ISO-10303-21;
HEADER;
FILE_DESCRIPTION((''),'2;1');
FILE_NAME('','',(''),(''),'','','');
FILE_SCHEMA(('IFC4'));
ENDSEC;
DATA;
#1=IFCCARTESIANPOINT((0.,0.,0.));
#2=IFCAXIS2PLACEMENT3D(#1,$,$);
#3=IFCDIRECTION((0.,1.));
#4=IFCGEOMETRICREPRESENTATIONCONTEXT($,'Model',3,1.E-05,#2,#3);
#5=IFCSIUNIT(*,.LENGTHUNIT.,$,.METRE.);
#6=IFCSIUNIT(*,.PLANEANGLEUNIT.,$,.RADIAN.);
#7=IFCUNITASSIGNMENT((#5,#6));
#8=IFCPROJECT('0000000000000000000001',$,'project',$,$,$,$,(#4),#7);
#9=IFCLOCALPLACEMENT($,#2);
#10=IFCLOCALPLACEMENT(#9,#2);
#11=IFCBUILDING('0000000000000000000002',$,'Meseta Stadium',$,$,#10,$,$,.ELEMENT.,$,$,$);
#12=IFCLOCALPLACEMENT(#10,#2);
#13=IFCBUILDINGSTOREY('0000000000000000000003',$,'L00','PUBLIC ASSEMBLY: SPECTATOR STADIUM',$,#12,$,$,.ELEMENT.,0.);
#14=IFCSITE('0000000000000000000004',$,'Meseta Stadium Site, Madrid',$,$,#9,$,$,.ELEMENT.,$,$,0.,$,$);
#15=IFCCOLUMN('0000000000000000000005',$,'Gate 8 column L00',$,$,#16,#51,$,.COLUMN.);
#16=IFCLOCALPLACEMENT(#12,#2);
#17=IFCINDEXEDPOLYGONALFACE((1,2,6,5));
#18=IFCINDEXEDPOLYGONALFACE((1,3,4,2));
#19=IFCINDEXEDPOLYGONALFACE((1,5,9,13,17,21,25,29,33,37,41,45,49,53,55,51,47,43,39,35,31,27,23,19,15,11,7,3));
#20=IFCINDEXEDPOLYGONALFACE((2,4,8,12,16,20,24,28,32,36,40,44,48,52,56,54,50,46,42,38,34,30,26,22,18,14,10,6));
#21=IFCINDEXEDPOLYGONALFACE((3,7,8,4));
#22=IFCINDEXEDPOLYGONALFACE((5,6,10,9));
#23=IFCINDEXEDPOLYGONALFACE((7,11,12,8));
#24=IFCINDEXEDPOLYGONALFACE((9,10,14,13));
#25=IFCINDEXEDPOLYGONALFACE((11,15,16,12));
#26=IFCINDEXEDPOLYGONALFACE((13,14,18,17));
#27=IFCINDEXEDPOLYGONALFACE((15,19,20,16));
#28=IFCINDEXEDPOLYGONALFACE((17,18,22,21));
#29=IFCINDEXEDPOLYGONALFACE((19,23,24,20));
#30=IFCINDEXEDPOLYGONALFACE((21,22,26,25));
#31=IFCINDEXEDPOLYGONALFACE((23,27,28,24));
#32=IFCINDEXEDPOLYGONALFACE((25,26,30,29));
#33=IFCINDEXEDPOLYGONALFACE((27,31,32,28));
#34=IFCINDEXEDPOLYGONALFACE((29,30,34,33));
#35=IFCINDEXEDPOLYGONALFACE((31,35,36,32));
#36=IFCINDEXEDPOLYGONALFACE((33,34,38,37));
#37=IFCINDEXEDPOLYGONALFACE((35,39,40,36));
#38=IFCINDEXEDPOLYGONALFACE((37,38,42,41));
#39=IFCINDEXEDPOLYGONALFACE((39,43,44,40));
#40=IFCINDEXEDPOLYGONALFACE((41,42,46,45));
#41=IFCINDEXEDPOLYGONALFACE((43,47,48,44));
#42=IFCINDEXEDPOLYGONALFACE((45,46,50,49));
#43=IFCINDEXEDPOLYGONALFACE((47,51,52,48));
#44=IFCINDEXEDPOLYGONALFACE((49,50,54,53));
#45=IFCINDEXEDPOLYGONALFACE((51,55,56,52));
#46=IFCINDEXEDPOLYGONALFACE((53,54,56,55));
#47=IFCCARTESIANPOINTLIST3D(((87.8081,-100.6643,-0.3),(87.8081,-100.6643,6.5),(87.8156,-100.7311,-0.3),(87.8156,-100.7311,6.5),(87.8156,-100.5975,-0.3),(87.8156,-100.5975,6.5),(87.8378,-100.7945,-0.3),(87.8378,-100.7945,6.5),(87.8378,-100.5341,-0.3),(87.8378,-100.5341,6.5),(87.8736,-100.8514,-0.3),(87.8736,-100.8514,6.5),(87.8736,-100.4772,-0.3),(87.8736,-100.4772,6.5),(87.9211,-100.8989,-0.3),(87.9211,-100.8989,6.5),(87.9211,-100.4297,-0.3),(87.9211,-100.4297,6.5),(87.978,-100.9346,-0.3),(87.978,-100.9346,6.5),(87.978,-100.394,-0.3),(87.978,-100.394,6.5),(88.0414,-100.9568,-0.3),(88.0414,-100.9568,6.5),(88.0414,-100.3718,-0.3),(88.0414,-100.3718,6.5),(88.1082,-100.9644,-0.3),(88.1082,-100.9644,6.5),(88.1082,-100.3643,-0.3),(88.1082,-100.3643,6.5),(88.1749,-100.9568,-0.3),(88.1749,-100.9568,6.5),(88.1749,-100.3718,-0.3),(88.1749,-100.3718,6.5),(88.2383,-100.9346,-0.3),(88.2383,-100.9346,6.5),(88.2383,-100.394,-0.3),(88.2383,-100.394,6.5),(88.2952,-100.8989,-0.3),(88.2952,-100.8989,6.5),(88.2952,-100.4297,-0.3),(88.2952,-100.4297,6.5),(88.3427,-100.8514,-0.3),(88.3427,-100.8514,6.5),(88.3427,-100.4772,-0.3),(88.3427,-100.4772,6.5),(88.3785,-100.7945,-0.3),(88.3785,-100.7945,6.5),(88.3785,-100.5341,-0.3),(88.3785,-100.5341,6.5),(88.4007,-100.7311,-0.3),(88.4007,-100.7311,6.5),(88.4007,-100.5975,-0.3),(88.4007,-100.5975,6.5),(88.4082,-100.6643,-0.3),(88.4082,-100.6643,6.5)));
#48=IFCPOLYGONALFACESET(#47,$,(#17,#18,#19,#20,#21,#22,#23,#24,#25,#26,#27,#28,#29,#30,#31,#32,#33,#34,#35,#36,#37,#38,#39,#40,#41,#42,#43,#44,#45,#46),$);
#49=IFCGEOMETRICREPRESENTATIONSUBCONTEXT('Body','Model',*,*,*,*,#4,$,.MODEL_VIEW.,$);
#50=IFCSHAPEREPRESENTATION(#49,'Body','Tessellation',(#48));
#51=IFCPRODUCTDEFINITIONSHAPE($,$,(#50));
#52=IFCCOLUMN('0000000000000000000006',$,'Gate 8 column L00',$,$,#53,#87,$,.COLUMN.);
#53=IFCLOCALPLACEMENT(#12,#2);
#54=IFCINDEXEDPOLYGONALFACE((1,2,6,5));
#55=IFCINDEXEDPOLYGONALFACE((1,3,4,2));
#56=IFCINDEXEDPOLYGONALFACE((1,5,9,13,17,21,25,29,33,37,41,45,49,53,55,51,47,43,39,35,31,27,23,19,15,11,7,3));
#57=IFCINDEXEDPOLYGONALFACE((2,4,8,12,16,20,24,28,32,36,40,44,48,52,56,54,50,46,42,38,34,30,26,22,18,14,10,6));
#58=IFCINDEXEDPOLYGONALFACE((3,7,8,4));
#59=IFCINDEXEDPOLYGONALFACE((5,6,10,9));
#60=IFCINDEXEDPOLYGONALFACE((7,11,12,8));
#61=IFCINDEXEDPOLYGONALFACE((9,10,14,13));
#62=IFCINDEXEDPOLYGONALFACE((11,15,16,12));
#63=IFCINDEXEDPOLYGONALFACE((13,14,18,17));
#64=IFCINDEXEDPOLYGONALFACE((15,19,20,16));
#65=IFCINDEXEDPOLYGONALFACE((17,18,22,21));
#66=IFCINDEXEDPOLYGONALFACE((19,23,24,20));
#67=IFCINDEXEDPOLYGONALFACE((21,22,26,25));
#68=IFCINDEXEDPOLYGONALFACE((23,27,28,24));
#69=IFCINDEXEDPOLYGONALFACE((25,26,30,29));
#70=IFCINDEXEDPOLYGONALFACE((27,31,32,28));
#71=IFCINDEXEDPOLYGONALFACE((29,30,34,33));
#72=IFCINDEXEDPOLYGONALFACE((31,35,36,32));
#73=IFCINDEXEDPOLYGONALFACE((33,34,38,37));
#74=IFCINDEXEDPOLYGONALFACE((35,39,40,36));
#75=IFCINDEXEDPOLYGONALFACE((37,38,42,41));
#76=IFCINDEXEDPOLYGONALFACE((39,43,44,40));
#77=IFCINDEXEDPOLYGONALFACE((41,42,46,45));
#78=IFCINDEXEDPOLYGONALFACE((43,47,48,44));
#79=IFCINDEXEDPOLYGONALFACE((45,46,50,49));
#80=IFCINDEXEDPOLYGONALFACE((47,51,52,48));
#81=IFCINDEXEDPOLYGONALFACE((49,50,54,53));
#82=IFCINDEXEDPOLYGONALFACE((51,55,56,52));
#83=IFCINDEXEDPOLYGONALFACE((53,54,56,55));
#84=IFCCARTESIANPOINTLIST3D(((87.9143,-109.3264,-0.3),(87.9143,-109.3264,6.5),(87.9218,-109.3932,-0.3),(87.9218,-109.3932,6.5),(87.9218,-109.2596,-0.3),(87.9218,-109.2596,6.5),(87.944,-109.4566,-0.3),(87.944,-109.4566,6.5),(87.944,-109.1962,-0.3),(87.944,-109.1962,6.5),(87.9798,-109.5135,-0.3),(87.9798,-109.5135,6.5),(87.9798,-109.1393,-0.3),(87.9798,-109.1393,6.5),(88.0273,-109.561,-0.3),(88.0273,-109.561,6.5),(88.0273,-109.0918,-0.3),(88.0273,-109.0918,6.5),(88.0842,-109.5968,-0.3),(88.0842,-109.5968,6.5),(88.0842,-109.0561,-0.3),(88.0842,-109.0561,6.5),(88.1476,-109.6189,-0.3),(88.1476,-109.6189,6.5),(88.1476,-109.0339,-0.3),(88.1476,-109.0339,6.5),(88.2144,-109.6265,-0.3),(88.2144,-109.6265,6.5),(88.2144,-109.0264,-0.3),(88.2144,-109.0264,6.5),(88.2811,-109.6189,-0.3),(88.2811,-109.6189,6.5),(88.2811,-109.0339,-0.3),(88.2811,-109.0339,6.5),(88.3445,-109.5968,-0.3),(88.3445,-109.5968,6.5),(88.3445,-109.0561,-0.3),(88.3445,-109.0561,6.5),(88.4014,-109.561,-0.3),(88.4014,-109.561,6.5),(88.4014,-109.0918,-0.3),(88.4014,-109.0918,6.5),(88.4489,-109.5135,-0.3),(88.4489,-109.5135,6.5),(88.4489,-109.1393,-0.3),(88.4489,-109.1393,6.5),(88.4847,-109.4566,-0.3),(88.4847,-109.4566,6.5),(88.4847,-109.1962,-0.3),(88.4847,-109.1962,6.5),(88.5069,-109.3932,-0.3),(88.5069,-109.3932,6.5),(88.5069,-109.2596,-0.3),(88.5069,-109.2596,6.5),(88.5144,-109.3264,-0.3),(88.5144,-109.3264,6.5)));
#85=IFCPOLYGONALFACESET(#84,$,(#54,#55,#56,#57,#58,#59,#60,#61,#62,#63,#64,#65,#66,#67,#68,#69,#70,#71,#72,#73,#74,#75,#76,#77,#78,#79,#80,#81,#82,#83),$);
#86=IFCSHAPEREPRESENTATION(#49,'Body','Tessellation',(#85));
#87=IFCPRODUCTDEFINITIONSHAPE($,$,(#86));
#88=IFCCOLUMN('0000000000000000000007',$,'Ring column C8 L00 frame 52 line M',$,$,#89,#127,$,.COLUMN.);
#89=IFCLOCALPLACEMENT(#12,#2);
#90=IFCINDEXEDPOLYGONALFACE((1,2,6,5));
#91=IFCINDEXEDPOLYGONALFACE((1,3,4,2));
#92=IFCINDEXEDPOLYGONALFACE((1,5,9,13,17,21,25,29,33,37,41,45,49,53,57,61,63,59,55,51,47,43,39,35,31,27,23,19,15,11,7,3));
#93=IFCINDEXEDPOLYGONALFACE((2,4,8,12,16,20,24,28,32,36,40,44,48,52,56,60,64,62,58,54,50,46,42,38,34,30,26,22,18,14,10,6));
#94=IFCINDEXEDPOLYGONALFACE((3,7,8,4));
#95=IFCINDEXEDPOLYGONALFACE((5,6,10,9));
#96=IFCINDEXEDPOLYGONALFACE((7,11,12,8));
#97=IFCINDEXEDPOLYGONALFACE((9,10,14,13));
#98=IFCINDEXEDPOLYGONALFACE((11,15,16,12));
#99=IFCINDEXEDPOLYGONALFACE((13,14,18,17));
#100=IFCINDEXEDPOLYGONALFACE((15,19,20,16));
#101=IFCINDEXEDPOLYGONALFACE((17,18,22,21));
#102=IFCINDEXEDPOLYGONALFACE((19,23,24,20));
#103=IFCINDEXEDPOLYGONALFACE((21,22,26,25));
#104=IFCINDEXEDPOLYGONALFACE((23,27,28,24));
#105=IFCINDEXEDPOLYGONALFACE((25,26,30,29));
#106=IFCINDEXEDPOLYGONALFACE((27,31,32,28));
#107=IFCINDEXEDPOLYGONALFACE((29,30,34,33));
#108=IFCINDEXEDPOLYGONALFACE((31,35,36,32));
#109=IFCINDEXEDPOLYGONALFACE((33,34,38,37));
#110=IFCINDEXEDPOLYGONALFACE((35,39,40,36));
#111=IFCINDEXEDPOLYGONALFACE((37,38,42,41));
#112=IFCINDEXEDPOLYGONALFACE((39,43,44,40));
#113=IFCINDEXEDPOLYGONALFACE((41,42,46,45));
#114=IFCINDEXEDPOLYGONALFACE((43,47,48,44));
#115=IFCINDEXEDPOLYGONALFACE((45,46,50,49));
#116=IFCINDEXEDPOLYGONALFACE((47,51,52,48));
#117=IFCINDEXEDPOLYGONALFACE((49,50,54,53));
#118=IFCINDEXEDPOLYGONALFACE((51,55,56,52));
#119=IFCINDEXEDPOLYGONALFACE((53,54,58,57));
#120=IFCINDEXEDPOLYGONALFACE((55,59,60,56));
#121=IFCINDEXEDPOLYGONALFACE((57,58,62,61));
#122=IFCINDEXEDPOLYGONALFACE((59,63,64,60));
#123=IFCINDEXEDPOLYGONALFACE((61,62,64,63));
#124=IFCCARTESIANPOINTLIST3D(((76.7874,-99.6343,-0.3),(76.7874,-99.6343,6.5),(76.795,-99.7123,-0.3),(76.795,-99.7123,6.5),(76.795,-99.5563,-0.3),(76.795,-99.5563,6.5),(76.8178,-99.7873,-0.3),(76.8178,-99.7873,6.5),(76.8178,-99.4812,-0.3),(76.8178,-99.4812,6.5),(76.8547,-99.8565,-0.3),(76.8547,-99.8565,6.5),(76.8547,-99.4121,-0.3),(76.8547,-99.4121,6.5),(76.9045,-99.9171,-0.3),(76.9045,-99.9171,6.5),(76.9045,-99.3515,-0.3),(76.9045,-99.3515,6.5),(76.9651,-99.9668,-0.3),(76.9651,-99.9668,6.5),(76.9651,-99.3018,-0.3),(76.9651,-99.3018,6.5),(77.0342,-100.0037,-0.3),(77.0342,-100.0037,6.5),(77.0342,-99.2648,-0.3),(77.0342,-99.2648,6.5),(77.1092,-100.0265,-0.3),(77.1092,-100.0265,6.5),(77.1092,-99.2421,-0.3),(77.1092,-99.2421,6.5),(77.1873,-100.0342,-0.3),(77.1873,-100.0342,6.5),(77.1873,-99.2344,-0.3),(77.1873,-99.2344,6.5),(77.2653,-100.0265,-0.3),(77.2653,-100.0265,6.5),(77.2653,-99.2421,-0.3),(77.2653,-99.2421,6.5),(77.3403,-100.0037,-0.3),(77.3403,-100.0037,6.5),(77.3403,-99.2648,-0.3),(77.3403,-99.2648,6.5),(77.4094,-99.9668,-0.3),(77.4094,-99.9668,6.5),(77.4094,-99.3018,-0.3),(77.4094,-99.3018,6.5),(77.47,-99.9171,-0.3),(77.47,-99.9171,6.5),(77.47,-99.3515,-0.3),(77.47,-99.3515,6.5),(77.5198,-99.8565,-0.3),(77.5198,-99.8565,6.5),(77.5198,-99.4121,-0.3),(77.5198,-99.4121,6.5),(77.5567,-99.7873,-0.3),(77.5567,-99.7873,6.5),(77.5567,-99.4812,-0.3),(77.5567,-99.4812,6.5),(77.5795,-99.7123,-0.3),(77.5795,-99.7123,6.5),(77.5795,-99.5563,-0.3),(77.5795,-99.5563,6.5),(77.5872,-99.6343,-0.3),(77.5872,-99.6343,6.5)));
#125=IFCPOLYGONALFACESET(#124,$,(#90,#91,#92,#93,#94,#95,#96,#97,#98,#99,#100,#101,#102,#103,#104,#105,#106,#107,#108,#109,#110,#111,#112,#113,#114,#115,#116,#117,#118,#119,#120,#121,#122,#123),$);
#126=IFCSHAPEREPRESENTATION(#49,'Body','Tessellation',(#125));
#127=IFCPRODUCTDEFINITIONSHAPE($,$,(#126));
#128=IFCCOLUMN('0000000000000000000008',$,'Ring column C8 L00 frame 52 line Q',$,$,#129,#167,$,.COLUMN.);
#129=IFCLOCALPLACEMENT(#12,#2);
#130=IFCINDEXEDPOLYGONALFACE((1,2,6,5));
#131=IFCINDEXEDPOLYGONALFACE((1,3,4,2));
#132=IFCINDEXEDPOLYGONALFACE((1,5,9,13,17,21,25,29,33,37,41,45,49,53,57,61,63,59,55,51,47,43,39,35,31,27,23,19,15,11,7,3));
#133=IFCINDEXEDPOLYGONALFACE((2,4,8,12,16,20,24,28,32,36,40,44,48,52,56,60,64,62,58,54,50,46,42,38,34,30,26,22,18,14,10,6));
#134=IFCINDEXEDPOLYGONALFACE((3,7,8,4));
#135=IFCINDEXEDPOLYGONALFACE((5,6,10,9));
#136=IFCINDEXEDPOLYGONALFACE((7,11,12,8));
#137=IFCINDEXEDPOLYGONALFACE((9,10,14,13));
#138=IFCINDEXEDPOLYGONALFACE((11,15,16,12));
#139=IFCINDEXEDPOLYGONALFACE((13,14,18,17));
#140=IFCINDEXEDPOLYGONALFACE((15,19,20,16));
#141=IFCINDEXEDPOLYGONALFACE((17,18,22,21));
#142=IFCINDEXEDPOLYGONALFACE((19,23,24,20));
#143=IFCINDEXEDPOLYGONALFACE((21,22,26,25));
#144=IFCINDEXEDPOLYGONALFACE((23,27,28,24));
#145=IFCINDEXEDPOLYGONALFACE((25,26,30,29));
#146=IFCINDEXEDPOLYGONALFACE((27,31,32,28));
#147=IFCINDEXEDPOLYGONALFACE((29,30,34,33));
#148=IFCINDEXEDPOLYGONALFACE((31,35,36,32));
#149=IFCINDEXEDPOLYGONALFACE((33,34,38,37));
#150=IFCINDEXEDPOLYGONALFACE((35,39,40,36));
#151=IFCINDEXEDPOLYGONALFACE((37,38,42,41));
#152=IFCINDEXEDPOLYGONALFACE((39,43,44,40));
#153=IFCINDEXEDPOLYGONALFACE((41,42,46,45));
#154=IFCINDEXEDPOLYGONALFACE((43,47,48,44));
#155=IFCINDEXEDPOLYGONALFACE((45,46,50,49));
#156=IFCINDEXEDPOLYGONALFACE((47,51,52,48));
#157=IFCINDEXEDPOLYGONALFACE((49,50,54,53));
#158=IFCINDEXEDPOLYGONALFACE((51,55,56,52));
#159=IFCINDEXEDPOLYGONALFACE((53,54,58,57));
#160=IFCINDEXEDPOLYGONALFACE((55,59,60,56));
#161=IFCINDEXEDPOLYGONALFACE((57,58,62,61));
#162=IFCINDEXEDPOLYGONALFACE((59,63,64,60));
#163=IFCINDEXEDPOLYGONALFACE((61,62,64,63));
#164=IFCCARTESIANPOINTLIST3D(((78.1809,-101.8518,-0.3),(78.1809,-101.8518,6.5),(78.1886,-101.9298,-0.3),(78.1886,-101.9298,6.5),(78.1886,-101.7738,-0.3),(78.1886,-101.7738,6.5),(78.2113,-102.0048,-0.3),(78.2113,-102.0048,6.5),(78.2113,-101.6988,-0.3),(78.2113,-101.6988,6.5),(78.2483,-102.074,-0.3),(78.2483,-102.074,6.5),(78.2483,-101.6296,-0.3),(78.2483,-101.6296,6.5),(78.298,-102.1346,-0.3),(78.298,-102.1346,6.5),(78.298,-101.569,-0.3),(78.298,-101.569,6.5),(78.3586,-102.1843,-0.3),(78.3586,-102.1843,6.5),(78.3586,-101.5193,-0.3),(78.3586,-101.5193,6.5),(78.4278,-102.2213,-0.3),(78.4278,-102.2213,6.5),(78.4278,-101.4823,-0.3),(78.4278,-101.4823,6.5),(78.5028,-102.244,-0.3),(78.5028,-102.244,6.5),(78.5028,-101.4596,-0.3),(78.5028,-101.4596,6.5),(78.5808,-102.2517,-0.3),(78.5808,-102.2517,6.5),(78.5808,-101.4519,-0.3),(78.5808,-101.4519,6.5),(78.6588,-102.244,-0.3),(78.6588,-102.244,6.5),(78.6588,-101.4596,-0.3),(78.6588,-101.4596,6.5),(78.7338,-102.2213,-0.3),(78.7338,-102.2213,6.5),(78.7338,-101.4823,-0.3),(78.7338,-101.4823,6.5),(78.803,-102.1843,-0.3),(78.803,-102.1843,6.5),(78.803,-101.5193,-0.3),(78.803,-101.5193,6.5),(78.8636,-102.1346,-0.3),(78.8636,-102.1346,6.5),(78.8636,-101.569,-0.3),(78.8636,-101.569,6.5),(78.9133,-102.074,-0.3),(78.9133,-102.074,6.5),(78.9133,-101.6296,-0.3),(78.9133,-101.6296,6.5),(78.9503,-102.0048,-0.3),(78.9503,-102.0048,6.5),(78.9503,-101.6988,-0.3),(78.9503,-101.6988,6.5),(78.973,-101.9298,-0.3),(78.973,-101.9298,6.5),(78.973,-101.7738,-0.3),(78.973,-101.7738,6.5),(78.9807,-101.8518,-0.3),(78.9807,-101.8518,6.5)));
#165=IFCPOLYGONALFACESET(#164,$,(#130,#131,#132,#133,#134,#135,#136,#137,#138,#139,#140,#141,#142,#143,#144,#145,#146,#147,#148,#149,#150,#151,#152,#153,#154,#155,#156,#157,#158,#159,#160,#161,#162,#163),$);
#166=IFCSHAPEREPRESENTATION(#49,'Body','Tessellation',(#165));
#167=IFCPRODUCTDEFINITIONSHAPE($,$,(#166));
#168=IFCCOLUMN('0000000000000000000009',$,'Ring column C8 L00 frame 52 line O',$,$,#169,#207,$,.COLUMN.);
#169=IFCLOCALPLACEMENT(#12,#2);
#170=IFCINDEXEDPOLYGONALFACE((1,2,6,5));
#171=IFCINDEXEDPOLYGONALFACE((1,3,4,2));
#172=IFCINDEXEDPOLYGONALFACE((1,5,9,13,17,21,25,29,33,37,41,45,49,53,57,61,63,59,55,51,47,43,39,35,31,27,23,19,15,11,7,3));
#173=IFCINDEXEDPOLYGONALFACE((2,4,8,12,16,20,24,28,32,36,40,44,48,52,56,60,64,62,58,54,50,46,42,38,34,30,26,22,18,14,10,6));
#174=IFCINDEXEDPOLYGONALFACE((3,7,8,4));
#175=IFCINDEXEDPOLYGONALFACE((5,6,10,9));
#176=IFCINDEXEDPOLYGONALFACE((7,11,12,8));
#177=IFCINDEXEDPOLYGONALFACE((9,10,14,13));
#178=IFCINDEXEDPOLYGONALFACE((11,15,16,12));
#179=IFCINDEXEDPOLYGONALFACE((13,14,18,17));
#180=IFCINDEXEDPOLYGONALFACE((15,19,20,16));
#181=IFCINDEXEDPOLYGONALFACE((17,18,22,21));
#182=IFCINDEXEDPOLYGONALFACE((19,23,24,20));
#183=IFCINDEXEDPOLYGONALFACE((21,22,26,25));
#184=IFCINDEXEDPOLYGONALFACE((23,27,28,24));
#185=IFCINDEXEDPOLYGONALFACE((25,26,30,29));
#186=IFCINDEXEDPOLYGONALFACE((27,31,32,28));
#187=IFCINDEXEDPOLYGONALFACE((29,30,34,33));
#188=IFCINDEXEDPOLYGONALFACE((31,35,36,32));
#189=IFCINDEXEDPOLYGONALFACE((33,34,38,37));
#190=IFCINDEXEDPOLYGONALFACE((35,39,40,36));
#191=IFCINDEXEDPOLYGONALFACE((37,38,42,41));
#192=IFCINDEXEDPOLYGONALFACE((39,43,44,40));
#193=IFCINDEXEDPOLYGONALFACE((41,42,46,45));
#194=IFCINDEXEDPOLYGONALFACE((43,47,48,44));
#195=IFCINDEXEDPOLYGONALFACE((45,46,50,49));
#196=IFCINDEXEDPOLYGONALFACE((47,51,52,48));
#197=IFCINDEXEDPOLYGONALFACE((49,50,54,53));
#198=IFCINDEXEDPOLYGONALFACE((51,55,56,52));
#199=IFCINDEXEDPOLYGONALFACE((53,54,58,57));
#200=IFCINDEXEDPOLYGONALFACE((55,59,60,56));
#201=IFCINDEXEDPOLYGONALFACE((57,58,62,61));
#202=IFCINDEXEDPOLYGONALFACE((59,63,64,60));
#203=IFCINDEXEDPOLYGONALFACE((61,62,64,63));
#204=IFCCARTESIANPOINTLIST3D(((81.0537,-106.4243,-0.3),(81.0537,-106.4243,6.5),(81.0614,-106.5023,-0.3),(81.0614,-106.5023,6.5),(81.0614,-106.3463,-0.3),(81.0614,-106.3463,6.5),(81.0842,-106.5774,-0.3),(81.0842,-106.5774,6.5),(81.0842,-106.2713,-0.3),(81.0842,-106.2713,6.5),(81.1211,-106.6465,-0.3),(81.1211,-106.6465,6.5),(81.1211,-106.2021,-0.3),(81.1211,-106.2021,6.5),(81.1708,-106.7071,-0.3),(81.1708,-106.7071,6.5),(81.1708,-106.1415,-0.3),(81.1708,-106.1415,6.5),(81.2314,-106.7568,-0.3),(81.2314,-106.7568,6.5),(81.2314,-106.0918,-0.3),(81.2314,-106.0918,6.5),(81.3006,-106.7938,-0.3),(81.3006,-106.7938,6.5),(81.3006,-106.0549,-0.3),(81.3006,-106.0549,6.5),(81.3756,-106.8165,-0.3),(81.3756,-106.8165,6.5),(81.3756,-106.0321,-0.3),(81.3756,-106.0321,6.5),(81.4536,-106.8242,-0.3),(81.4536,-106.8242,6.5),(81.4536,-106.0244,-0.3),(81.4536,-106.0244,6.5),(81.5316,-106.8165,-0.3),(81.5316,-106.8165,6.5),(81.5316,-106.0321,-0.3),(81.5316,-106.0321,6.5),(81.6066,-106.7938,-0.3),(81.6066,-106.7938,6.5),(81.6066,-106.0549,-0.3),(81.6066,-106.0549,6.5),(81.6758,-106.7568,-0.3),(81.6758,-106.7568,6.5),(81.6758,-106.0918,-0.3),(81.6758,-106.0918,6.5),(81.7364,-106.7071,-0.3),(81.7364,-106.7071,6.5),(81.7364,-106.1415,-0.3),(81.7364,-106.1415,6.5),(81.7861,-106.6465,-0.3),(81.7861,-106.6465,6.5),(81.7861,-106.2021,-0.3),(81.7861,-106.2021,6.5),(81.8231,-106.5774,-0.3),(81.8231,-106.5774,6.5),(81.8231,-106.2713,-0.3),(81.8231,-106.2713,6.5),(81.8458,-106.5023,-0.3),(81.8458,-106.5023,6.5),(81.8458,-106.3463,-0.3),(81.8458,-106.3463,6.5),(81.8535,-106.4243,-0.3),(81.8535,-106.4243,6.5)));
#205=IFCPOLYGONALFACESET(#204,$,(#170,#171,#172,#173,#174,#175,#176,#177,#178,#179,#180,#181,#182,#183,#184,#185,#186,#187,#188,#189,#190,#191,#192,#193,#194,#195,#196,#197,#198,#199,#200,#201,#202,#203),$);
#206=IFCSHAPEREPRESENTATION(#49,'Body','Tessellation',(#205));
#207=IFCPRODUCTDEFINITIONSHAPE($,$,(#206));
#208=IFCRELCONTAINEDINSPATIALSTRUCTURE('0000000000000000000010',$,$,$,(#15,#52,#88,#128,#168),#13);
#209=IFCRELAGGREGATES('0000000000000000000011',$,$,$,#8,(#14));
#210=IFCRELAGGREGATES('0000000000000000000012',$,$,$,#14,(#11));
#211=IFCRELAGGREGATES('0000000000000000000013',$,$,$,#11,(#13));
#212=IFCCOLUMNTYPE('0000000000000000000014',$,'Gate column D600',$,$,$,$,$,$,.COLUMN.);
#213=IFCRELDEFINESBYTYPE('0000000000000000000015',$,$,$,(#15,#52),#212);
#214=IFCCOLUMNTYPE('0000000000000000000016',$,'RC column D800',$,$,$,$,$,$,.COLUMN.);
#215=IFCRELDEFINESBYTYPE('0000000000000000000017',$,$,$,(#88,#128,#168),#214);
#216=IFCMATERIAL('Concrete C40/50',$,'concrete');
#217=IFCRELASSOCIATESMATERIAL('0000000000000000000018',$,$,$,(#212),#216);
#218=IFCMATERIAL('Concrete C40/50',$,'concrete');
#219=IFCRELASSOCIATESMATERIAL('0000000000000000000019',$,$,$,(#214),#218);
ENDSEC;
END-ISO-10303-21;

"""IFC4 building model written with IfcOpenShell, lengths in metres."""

from ifc_helpers import new_model, si_unit, direction, frame, origin, origin_2d, place, context, subcontext, project, spatial, circle, extrude, material, material_profile, profile_set, type_object, element, save


model = new_model("IFC4")

# Units and contexts
model_context = context("Model", 3, precision=1e-05, world=origin(), true_north=direction((0.0, 1.0)))
body_context = subcontext(model_context, "Body", "Model", "MODEL_VIEW")
ifc_project = project(units=[si_unit("LENGTHUNIT", "METRE"), si_unit("PLANEANGLEUNIT", "RADIAN")], contexts=[model_context])

# Site, building, storey
site_placement = place(None, origin())
site = spatial("IfcSite", under=ifc_project, at=site_placement, Name="Meseta Stadium Site, Madrid", CompositionType="ELEMENT", RefElevation=0.0)
building_placement = place(site_placement, origin())
building = spatial("IfcBuilding", under=site, at=building_placement, Name="Meseta Stadium", CompositionType="ELEMENT")
storey_placement = place(building_placement, origin())
storey = spatial("IfcBuildingStorey", under=building, at=storey_placement, Name="L00", Description="PUBLIC ASSEMBLY: SPECTATOR STADIUM", CompositionType="ELEMENT", Elevation=0.0)

# Columns
ifc_material_1 = material(Name="Concrete C40/50", Category="concrete")
ifc_material_profile_1 = material_profile(ifc_material_1, circle(Radius=0.3, at=origin_2d()), Name="RC D600")
ifc_profile_set_1 = profile_set([ifc_material_profile_1], Name="Concrete C40/50")
column_type_1 = type_object("IfcColumnType", Name="Gate column D600", PredefinedType="COLUMN", material=ifc_profile_set_1)
for number, where, z_axis, x_axis, name in (
    (1, (88.1082, -100.6643, -0.3), (0.0, 0.0, 1.0), (1.0, 0.0, 0.0), "Gate 8 column L00"),
    (2, (88.2144, -109.3264, -0.3), (0.0, 0.0, 1.0), (1.0, 0.0, 0.0), "Gate 8 column L00"),
):
    element("IfcColumn", number, at=place(storey_placement, frame(where, z_axis=z_axis, x_axis=x_axis)), inside=storey, type_object=column_type_1, Name=name, PredefinedType="COLUMN", context=body_context, shape_type="SweptSolid", body=[
        extrude(circle(Radius=0.3, at=origin_2d()), origin(), (0.0, 0.0, 1.0), 6.8),
    ])
ifc_material_2 = material(Name="Concrete C40/50", Category="concrete")
ifc_material_profile_2 = material_profile(ifc_material_2, circle(Radius=0.3999, at=origin_2d()), Name="RC D800")
ifc_profile_set_2 = profile_set([ifc_material_profile_2], Name="Concrete C40/50")
column_type_2 = type_object("IfcColumnType", Name="RC column D800", PredefinedType="COLUMN", material=ifc_profile_set_2)
for number, where, z_axis, x_axis, name in (
    (3, (77.1873, -99.6343, -0.3), (0.0, 0.0, 1.0), (1.0, 0.0, 0.0), "Ring column C8 L00 frame 52 line M"),
    (4, (78.5808, -101.8518, -0.3), (0.0, 0.0, 1.0), (1.0, 0.0, 0.0), "Ring column C8 L00 frame 52 line Q"),
    (5, (81.4536, -106.4243, -0.3), (0.0, 0.0, 1.0), (1.0, 0.0, 0.0), "Ring column C8 L00 frame 52 line O"),
):
    element("IfcColumn", number, at=place(storey_placement, frame(where, z_axis=z_axis, x_axis=x_axis)), inside=storey, type_object=column_type_2, Name=name, PredefinedType="COLUMN", context=body_context, shape_type="SweptSolid", body=[
        extrude(circle(Radius=0.3999, at=origin_2d()), origin(), (0.0, 0.0, 1.0), 6.8),
    ])

save(model, "model.ifc")
